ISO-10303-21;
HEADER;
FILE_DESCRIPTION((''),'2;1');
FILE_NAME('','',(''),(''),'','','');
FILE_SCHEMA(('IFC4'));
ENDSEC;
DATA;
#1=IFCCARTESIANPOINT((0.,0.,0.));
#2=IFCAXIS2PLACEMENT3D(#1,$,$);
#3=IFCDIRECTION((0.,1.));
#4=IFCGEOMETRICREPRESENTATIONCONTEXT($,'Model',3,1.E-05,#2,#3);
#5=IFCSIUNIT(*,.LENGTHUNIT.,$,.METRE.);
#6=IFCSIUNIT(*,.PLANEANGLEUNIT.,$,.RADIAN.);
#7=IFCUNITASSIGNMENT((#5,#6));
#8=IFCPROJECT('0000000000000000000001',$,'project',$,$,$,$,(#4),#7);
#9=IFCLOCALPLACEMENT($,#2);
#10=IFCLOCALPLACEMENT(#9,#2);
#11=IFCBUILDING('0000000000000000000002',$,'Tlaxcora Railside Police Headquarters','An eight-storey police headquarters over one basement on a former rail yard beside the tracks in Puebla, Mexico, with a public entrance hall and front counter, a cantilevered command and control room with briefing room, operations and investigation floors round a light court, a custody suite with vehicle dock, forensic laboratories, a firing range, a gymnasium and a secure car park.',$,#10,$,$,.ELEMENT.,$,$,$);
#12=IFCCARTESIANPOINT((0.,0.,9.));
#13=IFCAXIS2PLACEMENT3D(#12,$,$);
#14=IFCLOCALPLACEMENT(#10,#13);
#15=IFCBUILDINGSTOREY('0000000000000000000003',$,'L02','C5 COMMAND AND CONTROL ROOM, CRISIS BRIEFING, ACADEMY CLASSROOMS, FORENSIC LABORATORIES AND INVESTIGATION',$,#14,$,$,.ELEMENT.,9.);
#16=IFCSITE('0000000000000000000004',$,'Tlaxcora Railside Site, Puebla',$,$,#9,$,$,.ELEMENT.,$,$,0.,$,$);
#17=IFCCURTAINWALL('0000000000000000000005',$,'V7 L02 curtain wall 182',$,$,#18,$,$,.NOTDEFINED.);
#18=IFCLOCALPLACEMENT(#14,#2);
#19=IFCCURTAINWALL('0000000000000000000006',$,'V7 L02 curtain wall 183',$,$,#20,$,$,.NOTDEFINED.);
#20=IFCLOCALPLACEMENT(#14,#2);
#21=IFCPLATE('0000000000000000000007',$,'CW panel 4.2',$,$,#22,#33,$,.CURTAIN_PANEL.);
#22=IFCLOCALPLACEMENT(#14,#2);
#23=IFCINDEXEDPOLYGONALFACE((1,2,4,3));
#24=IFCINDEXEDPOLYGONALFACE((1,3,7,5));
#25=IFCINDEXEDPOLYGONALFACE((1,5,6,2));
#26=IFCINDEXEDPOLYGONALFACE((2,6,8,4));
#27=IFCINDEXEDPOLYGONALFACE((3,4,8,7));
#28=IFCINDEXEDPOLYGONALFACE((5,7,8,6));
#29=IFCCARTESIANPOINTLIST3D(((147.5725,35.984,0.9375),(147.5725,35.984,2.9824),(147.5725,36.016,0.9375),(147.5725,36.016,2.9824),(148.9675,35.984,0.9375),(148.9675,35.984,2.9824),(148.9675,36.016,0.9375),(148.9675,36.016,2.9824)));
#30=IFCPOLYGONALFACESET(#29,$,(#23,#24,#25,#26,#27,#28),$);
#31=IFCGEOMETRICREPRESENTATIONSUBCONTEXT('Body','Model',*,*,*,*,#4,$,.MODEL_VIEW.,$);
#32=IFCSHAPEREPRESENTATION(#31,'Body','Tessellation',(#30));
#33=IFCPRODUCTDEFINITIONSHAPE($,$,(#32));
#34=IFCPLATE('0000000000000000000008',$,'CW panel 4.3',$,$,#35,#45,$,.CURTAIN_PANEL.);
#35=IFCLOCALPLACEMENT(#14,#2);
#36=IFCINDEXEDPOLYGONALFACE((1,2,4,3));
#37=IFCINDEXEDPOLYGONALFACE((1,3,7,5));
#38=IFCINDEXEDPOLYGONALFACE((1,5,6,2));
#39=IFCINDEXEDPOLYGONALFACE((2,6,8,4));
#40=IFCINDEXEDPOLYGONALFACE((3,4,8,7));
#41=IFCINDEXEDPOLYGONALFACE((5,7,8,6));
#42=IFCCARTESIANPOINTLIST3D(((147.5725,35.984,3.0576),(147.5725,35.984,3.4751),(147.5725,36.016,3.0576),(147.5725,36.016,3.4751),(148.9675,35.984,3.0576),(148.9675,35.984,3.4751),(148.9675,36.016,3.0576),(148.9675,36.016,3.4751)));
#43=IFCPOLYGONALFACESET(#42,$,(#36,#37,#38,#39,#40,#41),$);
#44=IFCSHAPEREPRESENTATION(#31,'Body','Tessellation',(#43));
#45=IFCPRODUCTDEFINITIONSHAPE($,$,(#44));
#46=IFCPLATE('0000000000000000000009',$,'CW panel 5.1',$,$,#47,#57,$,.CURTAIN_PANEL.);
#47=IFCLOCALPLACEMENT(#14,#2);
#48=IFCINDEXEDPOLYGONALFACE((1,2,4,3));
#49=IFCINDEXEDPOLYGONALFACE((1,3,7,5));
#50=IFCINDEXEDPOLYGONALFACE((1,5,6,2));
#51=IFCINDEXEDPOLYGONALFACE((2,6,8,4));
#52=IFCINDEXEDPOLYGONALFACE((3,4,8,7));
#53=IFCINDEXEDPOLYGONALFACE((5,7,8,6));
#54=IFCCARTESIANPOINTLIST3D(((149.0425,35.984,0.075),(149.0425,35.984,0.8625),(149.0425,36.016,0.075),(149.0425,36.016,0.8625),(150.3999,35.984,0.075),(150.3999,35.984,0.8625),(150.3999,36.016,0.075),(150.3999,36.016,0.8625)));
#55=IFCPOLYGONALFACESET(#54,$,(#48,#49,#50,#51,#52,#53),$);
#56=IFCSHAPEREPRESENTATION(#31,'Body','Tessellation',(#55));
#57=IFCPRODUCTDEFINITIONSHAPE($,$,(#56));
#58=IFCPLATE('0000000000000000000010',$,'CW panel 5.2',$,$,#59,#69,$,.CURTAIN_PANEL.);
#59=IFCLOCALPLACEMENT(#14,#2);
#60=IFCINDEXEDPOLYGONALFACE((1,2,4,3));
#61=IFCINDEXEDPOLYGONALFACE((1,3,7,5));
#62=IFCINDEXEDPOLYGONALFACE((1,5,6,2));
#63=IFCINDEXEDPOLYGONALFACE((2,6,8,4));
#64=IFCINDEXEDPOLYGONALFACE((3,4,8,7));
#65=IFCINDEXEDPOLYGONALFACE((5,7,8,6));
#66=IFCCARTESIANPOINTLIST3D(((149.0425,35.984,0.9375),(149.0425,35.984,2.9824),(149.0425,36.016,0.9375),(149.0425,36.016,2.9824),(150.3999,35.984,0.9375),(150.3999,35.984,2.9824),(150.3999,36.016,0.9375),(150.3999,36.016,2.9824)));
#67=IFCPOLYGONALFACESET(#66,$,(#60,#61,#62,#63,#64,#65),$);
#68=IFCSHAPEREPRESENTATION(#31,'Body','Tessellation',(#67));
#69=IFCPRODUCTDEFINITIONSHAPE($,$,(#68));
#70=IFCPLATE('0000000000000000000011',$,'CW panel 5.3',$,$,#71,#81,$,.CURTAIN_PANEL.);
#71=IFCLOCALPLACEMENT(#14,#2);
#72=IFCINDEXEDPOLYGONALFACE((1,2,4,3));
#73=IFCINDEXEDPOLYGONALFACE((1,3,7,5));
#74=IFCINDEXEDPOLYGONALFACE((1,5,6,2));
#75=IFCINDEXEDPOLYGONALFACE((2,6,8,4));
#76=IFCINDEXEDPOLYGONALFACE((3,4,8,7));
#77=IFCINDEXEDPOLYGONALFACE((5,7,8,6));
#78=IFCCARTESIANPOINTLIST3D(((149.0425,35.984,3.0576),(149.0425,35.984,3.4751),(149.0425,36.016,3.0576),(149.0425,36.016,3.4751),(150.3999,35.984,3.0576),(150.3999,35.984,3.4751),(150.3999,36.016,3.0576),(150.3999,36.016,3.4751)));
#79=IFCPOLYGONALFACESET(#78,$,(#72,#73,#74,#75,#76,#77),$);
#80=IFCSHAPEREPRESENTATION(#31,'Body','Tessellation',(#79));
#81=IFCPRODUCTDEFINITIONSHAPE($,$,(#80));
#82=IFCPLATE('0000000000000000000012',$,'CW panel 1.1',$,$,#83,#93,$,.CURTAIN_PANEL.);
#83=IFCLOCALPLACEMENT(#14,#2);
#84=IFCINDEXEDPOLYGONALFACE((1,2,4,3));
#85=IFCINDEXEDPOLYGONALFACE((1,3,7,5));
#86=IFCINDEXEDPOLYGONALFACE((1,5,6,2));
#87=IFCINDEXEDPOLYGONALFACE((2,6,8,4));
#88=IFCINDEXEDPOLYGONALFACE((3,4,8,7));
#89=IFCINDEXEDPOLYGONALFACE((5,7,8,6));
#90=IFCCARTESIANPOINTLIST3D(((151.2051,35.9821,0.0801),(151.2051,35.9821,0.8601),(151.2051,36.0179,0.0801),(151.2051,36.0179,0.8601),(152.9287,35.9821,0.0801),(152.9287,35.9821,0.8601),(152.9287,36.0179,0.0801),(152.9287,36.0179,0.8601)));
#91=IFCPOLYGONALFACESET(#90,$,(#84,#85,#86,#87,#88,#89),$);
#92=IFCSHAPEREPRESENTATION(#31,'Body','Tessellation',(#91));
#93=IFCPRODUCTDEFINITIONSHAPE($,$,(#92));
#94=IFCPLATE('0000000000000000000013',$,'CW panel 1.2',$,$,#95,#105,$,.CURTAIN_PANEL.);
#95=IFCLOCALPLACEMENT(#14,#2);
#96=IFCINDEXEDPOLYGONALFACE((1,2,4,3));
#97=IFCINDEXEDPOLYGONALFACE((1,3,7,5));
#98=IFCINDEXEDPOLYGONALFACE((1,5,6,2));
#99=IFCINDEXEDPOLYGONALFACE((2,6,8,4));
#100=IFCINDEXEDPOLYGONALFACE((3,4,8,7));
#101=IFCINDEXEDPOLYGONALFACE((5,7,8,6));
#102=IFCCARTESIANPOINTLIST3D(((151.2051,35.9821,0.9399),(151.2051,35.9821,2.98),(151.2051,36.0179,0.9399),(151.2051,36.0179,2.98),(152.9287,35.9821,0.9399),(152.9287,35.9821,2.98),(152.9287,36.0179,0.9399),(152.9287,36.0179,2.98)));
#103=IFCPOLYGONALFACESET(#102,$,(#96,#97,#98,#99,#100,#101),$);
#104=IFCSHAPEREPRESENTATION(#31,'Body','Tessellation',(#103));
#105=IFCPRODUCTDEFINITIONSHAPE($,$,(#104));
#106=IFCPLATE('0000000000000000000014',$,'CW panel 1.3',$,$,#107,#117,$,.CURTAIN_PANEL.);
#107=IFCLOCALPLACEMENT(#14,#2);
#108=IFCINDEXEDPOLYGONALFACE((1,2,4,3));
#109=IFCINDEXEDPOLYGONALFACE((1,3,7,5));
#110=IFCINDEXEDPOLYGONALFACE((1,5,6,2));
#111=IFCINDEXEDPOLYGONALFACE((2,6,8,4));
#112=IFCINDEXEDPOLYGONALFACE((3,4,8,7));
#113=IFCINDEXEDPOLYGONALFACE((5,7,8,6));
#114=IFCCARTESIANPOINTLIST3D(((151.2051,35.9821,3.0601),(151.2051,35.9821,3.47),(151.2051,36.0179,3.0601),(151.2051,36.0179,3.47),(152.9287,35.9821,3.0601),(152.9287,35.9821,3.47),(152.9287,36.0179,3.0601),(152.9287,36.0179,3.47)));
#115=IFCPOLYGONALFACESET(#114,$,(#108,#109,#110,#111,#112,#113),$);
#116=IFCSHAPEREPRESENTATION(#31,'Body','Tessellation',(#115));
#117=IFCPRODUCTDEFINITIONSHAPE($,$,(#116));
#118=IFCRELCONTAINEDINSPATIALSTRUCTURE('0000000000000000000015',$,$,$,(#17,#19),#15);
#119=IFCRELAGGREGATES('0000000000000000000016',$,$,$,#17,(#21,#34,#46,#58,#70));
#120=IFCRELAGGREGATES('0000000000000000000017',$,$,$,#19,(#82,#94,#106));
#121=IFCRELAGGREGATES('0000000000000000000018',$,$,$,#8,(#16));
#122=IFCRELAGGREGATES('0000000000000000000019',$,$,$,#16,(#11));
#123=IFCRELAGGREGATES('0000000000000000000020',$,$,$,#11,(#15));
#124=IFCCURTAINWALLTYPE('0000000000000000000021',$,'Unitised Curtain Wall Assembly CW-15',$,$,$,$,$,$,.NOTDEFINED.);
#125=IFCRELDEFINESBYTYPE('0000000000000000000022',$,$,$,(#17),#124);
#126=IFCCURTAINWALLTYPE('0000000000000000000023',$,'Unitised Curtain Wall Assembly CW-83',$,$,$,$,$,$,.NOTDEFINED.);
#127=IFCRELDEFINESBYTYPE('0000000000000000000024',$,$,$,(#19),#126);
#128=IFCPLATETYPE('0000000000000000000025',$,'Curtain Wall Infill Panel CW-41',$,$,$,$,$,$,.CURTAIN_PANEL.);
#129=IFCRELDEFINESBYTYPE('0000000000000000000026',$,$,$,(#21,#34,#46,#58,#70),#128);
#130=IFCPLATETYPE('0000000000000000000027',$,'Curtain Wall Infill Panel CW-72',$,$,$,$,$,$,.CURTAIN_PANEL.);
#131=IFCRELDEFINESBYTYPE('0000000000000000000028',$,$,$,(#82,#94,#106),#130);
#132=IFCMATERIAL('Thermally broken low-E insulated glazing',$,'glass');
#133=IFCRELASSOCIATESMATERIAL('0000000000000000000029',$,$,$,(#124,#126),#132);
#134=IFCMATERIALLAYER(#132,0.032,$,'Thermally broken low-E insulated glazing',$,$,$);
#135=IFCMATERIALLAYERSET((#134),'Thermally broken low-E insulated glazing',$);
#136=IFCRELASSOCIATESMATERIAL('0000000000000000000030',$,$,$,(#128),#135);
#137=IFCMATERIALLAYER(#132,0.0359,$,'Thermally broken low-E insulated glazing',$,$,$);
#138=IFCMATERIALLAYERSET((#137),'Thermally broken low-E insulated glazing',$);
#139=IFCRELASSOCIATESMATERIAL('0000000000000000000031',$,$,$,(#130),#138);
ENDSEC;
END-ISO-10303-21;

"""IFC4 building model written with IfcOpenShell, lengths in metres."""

from ifc_helpers import new_model, si_unit, direction, frame, origin, origin_2d, place, context, subcontext, project, spatial, rectangle, extrude, material, layer, layer_set, type_object, element, aggregate, save


model = new_model("IFC4")

# Units and contexts
model_context = context("Model", 3, precision=1e-05, world=origin(), true_north=direction((0.0, 1.0)))
body_context = subcontext(model_context, "Body", "Model", "MODEL_VIEW")
ifc_project = project(units=[si_unit("LENGTHUNIT", "METRE"), si_unit("PLANEANGLEUNIT", "RADIAN")], contexts=[model_context])

# Site, building, storey
site_placement = place(None, origin())
site = spatial("IfcSite", under=ifc_project, at=site_placement, Name="Tlaxcora Railside Site, Puebla", CompositionType="ELEMENT", RefElevation=0.0)
building_placement = place(site_placement, origin())
building = spatial("IfcBuilding", under=site, at=building_placement, Name="Tlaxcora Railside Police Headquarters", Description="An eight-storey police headquarters over one basement on a former rail yard beside the tracks in Puebla, Mexico, with a public entrance hall and front counter, a cantilevered command and control room with briefing room, operations and investigation floors round a light court, a custody suite with vehicle dock, forensic laboratories, a firing range, a gymnasium and a secure car park.", CompositionType="ELEMENT")
storey_placement = place(building_placement, frame((0.0, 0.0, 9.0)))
storey = spatial("IfcBuildingStorey", under=building, at=storey_placement, Name="L02", Description="C5 COMMAND AND CONTROL ROOM, CRISIS BRIEFING, ACADEMY CLASSROOMS, FORENSIC LABORATORIES AND INVESTIGATION", CompositionType="ELEMENT", Elevation=9.0)

# Curtain walls
ifc_material_1 = material(Name="Thermally broken low-E insulated glazing", Category="glass")
curtain_wall_type_1 = type_object("IfcCurtainWallType", Name="Unitised Curtain Wall Assembly CW-15", PredefinedType="NOTDEFINED", material=ifc_material_1)
curtain_wall_1_placement = place(storey_placement, origin())
curtain_wall_1 = element("IfcCurtainWall", 1, at=curtain_wall_1_placement, inside=storey, type_object=curtain_wall_type_1, Name="V7 L02 curtain wall 182", PredefinedType="NOTDEFINED")
curtain_wall_type_2 = type_object("IfcCurtainWallType", Name="Unitised Curtain Wall Assembly CW-83", PredefinedType="NOTDEFINED", material=ifc_material_1)
curtain_wall_2_placement = place(storey_placement, origin())
curtain_wall_2 = element("IfcCurtainWall", 2, at=curtain_wall_2_placement, inside=storey, type_object=curtain_wall_type_2, Name="V7 L02 curtain wall 183", PredefinedType="NOTDEFINED")

# Plates
ifc_layer_1 = layer(ifc_material_1, 0.032, Name="Thermally broken low-E insulated glazing")
ifc_layer_set_1 = layer_set([ifc_layer_1], Name="Thermally broken low-E insulated glazing")
plate_type_1 = type_object("IfcPlateType", Name="Curtain Wall Infill Panel CW-41", PredefinedType="CURTAIN_PANEL", material=ifc_layer_set_1)
plate_1_placement = place(storey_placement, frame((148.27, 36.0, 0.9375), z_axis=(0.0, 0.0, 1.0), x_axis=(1.0, 0.0, 0.0)))
plate_1 = element("IfcPlate", 3, at=plate_1_placement, type_object=plate_type_1, Name="CW panel 4.2", PredefinedType="CURTAIN_PANEL", context=body_context, shape_type="SweptSolid", body=[
    extrude(rectangle(XDim=1.395, YDim=0.032, at=origin_2d()), origin(), (0.0, 0.0, 1.0), 2.0449),
])
plate_2_placement = place(storey_placement, frame((148.27, 36.0, 3.0576), z_axis=(0.0, 0.0, 1.0), x_axis=(1.0, 0.0, 0.0)))
plate_2 = element("IfcPlate", 4, at=plate_2_placement, type_object=plate_type_1, Name="CW panel 4.3", PredefinedType="CURTAIN_PANEL", context=body_context, shape_type="SweptSolid", body=[
    extrude(rectangle(XDim=1.395, YDim=0.032, at=origin_2d()), origin(), (0.0, 0.0, 1.0), 0.4175),
])
plate_3_placement = place(storey_placement, frame((149.7212, 36.0, 0.075), z_axis=(0.0, 0.0, 1.0), x_axis=(1.0, 0.0, 0.0)))
plate_3 = element("IfcPlate", 5, at=plate_3_placement, type_object=plate_type_1, Name="CW panel 5.1", PredefinedType="CURTAIN_PANEL", context=body_context, shape_type="SweptSolid", body=[
    extrude(rectangle(XDim=1.3574, YDim=0.032, at=origin_2d()), origin(), (0.0, 0.0, 1.0), 0.7876),
])
plate_4_placement = place(storey_placement, frame((149.7212, 36.0, 0.9375), z_axis=(0.0, 0.0, 1.0), x_axis=(1.0, 0.0, 0.0)))
plate_4 = element("IfcPlate", 6, at=plate_4_placement, type_object=plate_type_1, Name="CW panel 5.2", PredefinedType="CURTAIN_PANEL", context=body_context, shape_type="SweptSolid", body=[
    extrude(rectangle(XDim=1.3574, YDim=0.032, at=origin_2d()), origin(), (0.0, 0.0, 1.0), 2.0449),
])
plate_5_placement = place(storey_placement, frame((149.7212, 36.0, 3.0576), z_axis=(0.0, 0.0, 1.0), x_axis=(1.0, 0.0, 0.0)))
plate_5 = element("IfcPlate", 7, at=plate_5_placement, type_object=plate_type_1, Name="CW panel 5.3", PredefinedType="CURTAIN_PANEL", context=body_context, shape_type="SweptSolid", body=[
    extrude(rectangle(XDim=1.3574, YDim=0.032, at=origin_2d()), origin(), (0.0, 0.0, 1.0), 0.4175),
])
aggregate(curtain_wall_1, [plate_1, plate_2, plate_3, plate_4, plate_5])
ifc_layer_2 = layer(ifc_material_1, 0.0359, Name="Thermally broken low-E insulated glazing")
ifc_layer_set_2 = layer_set([ifc_layer_2], Name="Thermally broken low-E insulated glazing")
plate_type_2 = type_object("IfcPlateType", Name="Curtain Wall Infill Panel CW-72", PredefinedType="CURTAIN_PANEL", material=ifc_layer_set_2)
plate_6_placement = place(storey_placement, frame((152.0669, 36.0, 0.0801), z_axis=(0.0, 0.0, 1.0), x_axis=(1.0, 0.0, 0.0)))
plate_6 = element("IfcPlate", 8, at=plate_6_placement, type_object=plate_type_2, Name="CW panel 1.1", PredefinedType="CURTAIN_PANEL", context=body_context, shape_type="SweptSolid", body=[
    extrude(rectangle(XDim=1.7236, YDim=0.0359, at=origin_2d()), origin(), (0.0, 0.0, 1.0), 0.78),
])
plate_7_placement = place(storey_placement, frame((152.0669, 36.0, 0.9399), z_axis=(0.0, 0.0, 1.0), x_axis=(1.0, 0.0, 0.0)))
plate_7 = element("IfcPlate", 9, at=plate_7_placement, type_object=plate_type_2, Name="CW panel 1.2", PredefinedType="CURTAIN_PANEL", context=body_context, shape_type="SweptSolid", body=[
    extrude(rectangle(XDim=1.7236, YDim=0.0359, at=origin_2d()), origin(), (0.0, 0.0, 1.0), 2.04),
])
plate_8_placement = place(storey_placement, frame((152.0669, 36.0, 3.0601), z_axis=(0.0, 0.0, 1.0), x_axis=(1.0, 0.0, 0.0)))
plate_8 = element("IfcPlate", 10, at=plate_8_placement, type_object=plate_type_2, Name="CW panel 1.3", PredefinedType="CURTAIN_PANEL", context=body_context, shape_type="SweptSolid", body=[
    extrude(rectangle(XDim=1.7236, YDim=0.0359, at=origin_2d()), origin(), (0.0, 0.0, 1.0), 0.4099),
])
aggregate(curtain_wall_2, [plate_6, plate_7, plate_8])

save(model, "model.ifc")
